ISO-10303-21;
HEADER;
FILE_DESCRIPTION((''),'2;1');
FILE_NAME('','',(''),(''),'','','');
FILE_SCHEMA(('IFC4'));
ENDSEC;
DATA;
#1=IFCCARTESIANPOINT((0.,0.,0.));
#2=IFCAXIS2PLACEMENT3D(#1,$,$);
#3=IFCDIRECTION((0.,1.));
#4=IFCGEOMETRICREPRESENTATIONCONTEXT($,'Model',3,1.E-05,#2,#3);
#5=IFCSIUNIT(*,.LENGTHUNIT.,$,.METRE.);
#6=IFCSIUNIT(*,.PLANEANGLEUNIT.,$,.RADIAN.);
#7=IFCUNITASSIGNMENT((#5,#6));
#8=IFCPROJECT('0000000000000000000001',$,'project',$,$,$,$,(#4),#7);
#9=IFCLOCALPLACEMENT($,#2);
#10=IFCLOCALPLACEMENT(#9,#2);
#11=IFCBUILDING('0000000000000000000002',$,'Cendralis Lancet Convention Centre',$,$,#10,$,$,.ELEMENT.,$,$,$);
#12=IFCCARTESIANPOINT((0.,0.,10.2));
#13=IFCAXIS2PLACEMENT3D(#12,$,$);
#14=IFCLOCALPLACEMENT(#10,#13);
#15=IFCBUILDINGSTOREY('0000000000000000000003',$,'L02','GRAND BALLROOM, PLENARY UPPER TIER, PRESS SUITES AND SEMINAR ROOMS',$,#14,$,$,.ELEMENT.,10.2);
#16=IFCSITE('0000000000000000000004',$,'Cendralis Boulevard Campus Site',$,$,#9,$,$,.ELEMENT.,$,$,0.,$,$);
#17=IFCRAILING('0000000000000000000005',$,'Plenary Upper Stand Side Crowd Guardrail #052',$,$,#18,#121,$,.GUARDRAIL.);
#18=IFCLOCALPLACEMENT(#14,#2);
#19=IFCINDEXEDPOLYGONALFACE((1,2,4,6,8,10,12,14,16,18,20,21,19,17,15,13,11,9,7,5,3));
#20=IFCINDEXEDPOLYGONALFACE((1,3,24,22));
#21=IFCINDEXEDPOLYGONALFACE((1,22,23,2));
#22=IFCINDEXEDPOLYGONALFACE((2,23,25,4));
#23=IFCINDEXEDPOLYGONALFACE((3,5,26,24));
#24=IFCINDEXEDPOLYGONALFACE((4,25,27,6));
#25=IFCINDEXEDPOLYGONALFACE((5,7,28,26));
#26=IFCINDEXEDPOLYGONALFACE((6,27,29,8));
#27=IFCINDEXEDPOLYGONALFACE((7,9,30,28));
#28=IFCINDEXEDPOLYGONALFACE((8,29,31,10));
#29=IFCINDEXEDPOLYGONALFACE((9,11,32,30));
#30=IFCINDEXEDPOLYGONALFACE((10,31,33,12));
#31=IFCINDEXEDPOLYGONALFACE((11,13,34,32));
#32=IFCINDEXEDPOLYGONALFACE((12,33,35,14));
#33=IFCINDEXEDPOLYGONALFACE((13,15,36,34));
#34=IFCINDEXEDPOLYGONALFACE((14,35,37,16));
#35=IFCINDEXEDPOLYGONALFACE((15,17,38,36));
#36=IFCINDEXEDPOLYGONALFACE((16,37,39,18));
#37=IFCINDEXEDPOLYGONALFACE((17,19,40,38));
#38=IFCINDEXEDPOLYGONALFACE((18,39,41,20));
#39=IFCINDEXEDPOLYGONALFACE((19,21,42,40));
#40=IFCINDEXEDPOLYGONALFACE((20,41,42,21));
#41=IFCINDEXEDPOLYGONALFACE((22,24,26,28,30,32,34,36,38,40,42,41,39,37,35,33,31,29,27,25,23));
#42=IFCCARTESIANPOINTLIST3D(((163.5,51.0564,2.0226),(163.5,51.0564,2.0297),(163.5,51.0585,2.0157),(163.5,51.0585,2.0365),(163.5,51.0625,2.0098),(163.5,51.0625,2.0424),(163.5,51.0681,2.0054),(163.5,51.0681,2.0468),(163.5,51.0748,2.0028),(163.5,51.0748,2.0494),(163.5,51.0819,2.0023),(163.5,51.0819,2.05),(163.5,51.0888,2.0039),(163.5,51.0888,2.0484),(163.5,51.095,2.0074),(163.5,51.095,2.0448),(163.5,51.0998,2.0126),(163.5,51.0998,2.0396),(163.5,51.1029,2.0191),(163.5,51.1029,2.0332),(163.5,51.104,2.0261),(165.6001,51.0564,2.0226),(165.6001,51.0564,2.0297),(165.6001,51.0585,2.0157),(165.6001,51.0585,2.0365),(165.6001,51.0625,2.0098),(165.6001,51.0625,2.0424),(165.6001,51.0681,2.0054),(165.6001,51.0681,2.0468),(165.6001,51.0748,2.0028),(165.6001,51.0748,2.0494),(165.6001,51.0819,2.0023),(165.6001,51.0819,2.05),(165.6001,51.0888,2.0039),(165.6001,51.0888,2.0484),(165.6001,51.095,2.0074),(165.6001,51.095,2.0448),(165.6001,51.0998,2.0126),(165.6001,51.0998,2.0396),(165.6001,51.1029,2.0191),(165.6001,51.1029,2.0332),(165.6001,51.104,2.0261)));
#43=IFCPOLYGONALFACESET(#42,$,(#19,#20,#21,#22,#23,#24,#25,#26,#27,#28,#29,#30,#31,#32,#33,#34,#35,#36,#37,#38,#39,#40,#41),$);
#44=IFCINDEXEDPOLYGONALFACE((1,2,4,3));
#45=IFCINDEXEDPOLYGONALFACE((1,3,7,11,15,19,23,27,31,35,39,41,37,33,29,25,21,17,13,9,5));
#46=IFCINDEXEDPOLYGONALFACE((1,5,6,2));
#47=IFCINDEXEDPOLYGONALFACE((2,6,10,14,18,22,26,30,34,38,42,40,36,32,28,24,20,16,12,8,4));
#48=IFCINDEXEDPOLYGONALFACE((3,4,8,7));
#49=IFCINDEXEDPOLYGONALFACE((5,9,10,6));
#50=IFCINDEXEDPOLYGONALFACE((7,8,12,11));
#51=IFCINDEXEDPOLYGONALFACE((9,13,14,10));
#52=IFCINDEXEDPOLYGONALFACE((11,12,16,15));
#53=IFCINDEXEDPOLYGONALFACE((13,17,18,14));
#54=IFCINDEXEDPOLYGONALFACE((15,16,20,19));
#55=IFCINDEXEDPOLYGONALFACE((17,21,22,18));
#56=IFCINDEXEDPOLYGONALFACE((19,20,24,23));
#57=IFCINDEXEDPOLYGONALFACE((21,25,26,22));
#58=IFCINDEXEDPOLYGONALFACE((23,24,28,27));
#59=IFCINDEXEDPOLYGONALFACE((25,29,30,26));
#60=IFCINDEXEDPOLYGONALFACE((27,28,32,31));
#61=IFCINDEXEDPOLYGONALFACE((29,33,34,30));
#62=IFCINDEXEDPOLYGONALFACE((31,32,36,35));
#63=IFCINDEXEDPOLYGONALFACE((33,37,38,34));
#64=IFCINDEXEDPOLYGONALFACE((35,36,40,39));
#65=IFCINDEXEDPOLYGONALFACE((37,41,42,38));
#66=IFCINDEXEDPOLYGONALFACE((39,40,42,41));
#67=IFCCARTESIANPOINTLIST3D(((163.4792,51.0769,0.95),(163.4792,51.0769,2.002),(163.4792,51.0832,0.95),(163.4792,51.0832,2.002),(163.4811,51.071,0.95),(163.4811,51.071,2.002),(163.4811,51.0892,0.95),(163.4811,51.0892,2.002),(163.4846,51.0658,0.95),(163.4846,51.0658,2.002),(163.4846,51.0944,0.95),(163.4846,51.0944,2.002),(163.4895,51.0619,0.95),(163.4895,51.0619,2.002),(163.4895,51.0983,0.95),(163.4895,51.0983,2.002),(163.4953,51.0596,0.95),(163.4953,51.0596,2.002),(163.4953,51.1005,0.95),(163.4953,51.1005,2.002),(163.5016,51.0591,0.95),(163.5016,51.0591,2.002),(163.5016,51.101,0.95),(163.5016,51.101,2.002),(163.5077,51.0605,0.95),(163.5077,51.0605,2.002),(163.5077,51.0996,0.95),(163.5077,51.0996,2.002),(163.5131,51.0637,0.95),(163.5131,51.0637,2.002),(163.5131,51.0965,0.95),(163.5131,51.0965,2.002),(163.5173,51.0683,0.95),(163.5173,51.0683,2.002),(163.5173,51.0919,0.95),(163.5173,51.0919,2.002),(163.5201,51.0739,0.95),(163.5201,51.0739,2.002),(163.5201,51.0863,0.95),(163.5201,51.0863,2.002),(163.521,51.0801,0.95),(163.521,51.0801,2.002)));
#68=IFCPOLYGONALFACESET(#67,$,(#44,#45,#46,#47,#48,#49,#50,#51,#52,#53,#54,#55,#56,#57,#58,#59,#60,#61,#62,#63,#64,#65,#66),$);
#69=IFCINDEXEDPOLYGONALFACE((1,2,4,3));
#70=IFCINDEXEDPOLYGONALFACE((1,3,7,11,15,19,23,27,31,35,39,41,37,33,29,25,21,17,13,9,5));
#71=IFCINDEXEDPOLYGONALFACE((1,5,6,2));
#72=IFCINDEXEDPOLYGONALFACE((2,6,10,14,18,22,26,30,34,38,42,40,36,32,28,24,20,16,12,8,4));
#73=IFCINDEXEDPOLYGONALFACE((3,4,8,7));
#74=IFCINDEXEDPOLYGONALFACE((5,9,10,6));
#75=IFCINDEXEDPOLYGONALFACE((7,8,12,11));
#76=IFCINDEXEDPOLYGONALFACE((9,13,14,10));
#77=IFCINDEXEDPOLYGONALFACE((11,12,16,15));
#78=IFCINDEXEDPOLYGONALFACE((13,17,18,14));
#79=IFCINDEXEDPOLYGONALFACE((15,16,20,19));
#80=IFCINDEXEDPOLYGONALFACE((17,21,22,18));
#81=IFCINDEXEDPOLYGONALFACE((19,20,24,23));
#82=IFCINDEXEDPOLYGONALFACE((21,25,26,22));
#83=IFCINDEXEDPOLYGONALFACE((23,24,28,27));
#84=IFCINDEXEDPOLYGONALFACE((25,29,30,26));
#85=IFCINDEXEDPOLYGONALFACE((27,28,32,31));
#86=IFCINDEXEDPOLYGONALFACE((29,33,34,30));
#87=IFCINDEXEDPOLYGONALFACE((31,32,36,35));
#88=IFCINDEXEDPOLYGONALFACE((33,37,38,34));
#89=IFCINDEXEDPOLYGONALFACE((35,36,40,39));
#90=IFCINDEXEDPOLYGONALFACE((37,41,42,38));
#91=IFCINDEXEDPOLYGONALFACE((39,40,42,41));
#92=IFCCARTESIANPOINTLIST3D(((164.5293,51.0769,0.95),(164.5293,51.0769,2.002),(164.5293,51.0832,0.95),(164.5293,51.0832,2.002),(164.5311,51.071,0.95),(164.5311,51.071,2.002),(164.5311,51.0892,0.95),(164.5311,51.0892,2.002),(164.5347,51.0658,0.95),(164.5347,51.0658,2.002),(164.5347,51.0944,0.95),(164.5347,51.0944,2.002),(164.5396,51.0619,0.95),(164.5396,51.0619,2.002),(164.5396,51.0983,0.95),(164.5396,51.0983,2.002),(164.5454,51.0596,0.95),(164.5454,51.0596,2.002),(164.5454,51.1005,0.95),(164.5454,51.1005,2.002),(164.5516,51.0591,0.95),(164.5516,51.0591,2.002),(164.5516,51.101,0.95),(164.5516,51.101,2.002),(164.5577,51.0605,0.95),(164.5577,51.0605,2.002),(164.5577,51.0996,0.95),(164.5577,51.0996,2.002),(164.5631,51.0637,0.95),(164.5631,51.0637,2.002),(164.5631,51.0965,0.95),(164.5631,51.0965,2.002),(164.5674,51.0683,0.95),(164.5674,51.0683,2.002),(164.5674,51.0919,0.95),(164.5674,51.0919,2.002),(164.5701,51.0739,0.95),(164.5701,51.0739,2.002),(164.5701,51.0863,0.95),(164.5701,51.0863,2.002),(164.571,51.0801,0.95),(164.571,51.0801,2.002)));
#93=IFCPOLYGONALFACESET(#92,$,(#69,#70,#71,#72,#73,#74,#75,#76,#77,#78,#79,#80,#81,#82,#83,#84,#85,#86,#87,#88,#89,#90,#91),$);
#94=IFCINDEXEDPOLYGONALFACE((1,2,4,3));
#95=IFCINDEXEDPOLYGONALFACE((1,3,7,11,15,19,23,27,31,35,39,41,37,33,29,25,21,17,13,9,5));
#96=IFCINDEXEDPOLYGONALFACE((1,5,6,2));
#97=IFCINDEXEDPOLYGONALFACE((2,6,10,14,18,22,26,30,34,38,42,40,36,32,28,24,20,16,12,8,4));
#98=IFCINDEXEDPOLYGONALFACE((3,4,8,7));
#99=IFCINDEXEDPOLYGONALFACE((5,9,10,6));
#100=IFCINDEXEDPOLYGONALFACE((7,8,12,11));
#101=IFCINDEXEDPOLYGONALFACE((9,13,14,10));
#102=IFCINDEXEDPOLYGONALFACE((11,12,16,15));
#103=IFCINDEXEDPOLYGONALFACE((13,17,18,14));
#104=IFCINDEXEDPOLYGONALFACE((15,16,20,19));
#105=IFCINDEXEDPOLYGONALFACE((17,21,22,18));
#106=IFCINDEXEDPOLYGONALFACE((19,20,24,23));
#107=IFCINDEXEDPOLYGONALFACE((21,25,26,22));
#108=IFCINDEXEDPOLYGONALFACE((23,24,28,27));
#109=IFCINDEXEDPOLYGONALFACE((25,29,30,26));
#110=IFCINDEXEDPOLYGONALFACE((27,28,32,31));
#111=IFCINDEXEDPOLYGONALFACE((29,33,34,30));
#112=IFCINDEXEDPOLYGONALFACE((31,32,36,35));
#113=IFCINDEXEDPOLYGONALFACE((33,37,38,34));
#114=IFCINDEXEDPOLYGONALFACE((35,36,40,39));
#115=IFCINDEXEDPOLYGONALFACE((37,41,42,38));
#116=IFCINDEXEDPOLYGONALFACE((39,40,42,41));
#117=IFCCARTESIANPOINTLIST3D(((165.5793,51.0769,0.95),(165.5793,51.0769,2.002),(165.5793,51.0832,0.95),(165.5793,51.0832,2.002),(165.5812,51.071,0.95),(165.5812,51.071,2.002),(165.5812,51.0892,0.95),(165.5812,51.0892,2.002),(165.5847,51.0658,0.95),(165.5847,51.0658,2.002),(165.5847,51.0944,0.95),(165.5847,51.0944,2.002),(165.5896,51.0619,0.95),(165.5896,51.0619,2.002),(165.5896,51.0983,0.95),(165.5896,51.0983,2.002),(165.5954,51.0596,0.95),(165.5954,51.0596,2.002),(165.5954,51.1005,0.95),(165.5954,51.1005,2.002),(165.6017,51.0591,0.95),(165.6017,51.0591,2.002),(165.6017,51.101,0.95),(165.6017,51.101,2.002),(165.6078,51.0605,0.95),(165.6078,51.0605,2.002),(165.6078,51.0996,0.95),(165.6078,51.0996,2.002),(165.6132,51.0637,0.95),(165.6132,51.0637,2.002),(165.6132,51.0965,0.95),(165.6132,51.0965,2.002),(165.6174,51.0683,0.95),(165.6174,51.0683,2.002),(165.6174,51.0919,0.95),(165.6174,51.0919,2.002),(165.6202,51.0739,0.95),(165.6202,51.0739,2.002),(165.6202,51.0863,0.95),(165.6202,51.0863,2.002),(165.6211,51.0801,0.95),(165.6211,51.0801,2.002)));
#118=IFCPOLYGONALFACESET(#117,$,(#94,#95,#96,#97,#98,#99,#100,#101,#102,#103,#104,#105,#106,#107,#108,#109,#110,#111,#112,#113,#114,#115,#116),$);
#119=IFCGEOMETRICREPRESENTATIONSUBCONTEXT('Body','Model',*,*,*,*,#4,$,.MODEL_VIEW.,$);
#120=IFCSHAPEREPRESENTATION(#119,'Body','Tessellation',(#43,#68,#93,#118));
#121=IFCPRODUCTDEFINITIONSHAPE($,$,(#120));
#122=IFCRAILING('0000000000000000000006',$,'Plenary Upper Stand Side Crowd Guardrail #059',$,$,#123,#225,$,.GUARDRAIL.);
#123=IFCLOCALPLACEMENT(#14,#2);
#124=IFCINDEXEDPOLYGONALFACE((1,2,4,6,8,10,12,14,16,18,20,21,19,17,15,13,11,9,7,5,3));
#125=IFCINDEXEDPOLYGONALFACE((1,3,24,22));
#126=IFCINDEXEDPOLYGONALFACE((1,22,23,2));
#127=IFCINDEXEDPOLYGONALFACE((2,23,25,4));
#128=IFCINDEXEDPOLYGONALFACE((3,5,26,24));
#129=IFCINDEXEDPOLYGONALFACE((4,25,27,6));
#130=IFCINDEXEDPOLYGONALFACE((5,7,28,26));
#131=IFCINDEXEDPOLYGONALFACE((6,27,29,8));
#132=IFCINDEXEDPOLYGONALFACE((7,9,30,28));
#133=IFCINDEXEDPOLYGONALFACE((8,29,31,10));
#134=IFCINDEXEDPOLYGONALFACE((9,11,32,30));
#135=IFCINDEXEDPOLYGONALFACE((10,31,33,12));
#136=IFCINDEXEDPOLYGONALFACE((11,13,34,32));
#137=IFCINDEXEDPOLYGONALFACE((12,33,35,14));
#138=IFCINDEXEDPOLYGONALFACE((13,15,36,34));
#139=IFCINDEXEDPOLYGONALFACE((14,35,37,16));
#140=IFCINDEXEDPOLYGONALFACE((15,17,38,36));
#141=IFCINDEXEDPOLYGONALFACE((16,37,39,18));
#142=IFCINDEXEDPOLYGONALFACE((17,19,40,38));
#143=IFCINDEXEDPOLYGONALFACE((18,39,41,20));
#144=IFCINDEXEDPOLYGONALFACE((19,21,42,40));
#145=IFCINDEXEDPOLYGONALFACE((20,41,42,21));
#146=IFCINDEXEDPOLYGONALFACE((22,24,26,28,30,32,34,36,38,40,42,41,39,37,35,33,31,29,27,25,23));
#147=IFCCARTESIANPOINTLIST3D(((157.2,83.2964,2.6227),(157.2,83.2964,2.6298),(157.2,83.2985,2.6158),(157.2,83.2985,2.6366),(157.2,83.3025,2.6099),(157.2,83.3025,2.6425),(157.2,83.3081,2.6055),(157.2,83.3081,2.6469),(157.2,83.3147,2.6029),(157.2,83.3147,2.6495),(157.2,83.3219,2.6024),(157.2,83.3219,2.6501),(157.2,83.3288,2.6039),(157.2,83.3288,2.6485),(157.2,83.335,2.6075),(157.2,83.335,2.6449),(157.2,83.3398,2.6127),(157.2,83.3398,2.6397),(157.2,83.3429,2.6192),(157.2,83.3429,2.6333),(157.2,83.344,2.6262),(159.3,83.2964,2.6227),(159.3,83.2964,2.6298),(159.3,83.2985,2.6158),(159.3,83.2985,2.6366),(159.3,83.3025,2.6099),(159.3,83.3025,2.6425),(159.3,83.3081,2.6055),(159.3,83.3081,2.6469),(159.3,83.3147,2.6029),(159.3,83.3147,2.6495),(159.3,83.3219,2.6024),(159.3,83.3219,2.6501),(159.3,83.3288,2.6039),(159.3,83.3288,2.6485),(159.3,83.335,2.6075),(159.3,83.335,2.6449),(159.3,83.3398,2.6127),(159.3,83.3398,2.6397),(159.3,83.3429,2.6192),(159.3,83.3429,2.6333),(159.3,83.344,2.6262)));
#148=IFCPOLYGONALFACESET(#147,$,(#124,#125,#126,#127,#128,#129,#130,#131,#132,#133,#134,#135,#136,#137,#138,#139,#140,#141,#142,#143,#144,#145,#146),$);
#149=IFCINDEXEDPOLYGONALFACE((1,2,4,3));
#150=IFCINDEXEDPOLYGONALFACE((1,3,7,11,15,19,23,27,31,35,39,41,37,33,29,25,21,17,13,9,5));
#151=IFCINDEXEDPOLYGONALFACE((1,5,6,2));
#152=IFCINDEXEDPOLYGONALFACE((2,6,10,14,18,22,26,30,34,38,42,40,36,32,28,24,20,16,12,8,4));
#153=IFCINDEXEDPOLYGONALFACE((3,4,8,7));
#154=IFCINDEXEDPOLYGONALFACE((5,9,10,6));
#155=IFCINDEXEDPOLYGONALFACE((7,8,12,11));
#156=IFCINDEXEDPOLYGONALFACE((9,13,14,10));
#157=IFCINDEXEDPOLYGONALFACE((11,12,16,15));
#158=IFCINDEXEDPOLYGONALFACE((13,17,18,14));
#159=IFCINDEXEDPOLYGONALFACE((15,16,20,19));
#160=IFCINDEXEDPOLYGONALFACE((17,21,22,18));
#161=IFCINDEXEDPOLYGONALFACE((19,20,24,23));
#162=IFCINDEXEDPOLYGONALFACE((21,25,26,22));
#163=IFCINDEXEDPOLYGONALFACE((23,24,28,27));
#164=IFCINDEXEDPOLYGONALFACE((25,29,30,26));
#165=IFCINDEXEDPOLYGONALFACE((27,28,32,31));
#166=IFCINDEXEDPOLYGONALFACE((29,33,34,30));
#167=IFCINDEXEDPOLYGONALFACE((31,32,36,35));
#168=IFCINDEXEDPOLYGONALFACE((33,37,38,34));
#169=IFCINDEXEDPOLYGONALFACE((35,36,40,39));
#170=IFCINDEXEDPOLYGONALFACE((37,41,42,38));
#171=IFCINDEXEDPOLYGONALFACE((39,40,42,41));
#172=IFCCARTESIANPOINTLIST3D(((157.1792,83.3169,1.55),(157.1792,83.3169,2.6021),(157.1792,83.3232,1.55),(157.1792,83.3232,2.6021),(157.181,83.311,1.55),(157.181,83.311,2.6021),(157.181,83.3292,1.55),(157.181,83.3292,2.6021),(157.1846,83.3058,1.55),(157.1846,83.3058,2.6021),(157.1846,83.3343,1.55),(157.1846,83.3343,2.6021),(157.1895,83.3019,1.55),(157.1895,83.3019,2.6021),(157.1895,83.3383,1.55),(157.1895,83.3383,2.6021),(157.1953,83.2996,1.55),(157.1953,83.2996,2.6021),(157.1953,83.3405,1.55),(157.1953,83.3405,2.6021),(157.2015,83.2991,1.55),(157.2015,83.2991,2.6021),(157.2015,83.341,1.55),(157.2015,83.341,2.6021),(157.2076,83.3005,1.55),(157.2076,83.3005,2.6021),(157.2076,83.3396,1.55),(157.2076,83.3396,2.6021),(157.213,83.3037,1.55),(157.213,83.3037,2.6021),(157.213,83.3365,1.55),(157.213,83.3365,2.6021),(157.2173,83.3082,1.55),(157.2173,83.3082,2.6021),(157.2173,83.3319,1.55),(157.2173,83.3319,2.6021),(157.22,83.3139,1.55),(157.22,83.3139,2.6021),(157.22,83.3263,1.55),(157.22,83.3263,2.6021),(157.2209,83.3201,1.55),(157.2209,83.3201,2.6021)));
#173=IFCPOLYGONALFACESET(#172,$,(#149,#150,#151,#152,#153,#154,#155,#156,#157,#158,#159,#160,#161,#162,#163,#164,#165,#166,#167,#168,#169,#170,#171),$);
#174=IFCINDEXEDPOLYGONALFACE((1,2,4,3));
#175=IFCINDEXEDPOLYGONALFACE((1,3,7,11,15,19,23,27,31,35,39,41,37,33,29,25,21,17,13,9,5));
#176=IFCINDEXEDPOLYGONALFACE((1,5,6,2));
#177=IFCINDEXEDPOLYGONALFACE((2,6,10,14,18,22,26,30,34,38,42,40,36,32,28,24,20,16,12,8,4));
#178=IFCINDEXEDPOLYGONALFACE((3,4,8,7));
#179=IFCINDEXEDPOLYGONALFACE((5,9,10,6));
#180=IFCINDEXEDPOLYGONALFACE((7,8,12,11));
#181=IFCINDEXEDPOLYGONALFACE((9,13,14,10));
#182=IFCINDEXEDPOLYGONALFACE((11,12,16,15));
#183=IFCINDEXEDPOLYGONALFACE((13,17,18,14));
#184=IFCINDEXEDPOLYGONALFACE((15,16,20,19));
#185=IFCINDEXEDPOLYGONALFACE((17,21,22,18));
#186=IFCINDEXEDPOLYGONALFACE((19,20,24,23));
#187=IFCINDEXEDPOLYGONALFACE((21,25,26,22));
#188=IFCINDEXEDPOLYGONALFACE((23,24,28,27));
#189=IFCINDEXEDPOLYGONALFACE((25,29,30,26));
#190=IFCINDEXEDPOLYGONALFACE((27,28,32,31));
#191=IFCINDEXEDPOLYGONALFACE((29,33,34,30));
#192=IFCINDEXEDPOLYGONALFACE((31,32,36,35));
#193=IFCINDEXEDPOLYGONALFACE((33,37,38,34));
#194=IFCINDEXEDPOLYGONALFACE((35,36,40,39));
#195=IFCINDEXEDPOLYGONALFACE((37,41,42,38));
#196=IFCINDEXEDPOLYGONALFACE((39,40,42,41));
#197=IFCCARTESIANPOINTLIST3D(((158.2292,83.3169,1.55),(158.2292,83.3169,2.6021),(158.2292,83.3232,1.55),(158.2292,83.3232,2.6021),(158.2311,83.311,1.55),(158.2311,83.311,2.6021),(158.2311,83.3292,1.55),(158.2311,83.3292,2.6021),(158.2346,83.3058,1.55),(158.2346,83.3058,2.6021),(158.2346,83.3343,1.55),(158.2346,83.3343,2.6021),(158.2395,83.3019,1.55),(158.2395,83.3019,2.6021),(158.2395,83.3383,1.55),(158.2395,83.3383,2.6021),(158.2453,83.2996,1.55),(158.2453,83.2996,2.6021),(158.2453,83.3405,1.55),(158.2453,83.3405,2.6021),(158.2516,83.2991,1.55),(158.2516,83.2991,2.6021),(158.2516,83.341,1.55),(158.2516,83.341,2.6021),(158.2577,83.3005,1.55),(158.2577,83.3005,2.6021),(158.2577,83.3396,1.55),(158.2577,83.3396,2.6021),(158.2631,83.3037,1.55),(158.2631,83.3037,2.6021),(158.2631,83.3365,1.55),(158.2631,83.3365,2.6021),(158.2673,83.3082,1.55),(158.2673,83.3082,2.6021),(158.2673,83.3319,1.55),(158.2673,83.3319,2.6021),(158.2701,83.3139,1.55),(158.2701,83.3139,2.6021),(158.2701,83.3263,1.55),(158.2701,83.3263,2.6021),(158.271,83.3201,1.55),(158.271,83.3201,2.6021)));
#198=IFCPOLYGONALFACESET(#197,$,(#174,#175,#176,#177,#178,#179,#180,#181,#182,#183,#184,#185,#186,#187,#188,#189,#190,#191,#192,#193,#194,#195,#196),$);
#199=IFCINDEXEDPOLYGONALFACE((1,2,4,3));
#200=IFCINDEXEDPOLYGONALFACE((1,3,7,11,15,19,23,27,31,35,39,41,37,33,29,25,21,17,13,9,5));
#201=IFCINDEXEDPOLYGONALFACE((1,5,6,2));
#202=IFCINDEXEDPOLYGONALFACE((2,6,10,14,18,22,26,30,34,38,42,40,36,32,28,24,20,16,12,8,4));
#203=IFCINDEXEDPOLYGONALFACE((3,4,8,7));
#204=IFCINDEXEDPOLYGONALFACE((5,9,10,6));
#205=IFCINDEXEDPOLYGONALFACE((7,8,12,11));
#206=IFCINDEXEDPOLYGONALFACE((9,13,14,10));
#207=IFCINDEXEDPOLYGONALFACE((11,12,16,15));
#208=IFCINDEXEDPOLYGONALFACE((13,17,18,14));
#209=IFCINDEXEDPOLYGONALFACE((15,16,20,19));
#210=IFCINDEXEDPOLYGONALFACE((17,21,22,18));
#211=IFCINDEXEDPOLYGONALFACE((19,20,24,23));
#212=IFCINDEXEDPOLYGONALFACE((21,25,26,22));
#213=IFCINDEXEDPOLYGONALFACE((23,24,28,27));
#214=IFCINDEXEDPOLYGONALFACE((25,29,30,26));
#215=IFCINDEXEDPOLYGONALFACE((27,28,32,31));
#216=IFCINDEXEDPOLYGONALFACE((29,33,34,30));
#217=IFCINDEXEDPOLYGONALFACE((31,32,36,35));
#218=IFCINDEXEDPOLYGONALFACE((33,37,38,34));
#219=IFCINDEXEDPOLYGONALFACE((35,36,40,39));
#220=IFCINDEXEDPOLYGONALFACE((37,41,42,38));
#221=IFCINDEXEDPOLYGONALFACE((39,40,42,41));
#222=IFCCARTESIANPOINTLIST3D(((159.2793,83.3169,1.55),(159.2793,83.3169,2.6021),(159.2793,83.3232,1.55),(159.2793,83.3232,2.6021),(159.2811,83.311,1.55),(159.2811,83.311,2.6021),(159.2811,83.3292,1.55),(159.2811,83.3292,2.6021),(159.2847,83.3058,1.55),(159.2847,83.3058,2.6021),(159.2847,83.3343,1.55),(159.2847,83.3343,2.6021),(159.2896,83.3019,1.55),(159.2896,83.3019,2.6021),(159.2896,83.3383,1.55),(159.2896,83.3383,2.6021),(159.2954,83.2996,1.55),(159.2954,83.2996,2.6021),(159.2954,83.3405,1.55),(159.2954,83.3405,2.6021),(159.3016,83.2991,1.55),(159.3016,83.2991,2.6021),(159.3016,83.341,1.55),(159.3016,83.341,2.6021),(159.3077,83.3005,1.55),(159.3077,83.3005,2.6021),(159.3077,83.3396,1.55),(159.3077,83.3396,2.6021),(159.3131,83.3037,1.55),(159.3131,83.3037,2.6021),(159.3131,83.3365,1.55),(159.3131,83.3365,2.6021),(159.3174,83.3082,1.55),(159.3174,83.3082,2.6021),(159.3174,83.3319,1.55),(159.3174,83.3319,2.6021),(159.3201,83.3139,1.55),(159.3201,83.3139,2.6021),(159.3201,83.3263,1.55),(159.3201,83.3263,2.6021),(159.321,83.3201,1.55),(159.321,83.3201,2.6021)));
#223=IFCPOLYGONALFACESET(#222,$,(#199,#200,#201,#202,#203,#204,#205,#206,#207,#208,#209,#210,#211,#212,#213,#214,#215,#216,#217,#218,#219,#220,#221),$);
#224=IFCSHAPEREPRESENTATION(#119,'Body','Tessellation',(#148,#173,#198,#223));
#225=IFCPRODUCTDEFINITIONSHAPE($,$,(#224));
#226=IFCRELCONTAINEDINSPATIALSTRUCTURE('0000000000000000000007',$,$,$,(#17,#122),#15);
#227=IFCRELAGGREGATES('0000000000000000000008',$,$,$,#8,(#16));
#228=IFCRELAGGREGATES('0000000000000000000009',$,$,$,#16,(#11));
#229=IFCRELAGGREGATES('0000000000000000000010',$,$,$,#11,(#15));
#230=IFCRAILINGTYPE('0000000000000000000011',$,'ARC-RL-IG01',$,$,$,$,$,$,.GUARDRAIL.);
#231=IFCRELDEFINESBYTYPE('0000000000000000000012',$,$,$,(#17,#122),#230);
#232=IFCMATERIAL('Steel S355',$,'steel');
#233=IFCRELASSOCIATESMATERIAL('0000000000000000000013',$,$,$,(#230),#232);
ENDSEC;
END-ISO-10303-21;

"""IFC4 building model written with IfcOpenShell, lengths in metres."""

from ifc_helpers import new_model, si_unit, direction, frame, origin, origin_2d, place, context, subcontext, project, spatial, circle, extrude, material, type_object, element, save


model = new_model("IFC4")

# Units and contexts
model_context = context("Model", 3, precision=1e-05, world=origin(), true_north=direction((0.0, 1.0)))
body_context = subcontext(model_context, "Body", "Model", "MODEL_VIEW")
ifc_project = project(units=[si_unit("LENGTHUNIT", "METRE"), si_unit("PLANEANGLEUNIT", "RADIAN")], contexts=[model_context])

# Site, building, storey
site_placement = place(None, origin())
site = spatial("IfcSite", under=ifc_project, at=site_placement, Name="Cendralis Boulevard Campus Site", CompositionType="ELEMENT", RefElevation=0.0)
building_placement = place(site_placement, origin())
building = spatial("IfcBuilding", under=site, at=building_placement, Name="Cendralis Lancet Convention Centre", CompositionType="ELEMENT")
storey_placement = place(building_placement, frame((0.0, 0.0, 10.2)))
storey = spatial("IfcBuildingStorey", under=building, at=storey_placement, Name="L02", Description="GRAND BALLROOM, PLENARY UPPER TIER, PRESS SUITES AND SEMINAR ROOMS", CompositionType="ELEMENT", Elevation=10.2)

# Shared definitions
ifc_material_1 = material(Name="Steel S355", Category="steel")

# Railings
railing_type_1 = type_object("IfcRailingType", Name="ARC-RL-IG01", PredefinedType="GUARDRAIL", material=ifc_material_1)
for number, where, name in (
    (1, (163.5, 51.0801, 0.95), "Plenary Upper Stand Side Crowd Guardrail #052"),
    (2, (157.2, 83.3201, 1.55), "Plenary Upper Stand Side Crowd Guardrail #059"),
):
    element("IfcRailing", number, at=place(storey_placement, frame(where)), inside=storey, type_object=railing_type_1, Name=name, PredefinedType="GUARDRAIL", context=body_context, shape_type="SweptSolid", body=[
        extrude(circle(Radius=0.0239, at=origin_2d()), frame((0.0, 0.0, 1.0762), z_axis=(1.0, 0.0, 0.0), x_axis=(0.0, 1.0, 0.0)), (0.0, 0.0, 1.0), 2.1001),
        extrude(circle(Radius=0.021, at=origin_2d()), origin(), (0.0, 0.0, 1.0), 1.052),
        extrude(circle(Radius=0.021, at=origin_2d()), frame((1.05, 0.0, 0.0)), (0.0, 0.0, 1.0), 1.052),
        extrude(circle(Radius=0.021, at=origin_2d()), frame((2.1001, 0.0, 0.0)), (0.0, 0.0, 1.0), 1.052),
    ])

save(model, "model.ifc")
